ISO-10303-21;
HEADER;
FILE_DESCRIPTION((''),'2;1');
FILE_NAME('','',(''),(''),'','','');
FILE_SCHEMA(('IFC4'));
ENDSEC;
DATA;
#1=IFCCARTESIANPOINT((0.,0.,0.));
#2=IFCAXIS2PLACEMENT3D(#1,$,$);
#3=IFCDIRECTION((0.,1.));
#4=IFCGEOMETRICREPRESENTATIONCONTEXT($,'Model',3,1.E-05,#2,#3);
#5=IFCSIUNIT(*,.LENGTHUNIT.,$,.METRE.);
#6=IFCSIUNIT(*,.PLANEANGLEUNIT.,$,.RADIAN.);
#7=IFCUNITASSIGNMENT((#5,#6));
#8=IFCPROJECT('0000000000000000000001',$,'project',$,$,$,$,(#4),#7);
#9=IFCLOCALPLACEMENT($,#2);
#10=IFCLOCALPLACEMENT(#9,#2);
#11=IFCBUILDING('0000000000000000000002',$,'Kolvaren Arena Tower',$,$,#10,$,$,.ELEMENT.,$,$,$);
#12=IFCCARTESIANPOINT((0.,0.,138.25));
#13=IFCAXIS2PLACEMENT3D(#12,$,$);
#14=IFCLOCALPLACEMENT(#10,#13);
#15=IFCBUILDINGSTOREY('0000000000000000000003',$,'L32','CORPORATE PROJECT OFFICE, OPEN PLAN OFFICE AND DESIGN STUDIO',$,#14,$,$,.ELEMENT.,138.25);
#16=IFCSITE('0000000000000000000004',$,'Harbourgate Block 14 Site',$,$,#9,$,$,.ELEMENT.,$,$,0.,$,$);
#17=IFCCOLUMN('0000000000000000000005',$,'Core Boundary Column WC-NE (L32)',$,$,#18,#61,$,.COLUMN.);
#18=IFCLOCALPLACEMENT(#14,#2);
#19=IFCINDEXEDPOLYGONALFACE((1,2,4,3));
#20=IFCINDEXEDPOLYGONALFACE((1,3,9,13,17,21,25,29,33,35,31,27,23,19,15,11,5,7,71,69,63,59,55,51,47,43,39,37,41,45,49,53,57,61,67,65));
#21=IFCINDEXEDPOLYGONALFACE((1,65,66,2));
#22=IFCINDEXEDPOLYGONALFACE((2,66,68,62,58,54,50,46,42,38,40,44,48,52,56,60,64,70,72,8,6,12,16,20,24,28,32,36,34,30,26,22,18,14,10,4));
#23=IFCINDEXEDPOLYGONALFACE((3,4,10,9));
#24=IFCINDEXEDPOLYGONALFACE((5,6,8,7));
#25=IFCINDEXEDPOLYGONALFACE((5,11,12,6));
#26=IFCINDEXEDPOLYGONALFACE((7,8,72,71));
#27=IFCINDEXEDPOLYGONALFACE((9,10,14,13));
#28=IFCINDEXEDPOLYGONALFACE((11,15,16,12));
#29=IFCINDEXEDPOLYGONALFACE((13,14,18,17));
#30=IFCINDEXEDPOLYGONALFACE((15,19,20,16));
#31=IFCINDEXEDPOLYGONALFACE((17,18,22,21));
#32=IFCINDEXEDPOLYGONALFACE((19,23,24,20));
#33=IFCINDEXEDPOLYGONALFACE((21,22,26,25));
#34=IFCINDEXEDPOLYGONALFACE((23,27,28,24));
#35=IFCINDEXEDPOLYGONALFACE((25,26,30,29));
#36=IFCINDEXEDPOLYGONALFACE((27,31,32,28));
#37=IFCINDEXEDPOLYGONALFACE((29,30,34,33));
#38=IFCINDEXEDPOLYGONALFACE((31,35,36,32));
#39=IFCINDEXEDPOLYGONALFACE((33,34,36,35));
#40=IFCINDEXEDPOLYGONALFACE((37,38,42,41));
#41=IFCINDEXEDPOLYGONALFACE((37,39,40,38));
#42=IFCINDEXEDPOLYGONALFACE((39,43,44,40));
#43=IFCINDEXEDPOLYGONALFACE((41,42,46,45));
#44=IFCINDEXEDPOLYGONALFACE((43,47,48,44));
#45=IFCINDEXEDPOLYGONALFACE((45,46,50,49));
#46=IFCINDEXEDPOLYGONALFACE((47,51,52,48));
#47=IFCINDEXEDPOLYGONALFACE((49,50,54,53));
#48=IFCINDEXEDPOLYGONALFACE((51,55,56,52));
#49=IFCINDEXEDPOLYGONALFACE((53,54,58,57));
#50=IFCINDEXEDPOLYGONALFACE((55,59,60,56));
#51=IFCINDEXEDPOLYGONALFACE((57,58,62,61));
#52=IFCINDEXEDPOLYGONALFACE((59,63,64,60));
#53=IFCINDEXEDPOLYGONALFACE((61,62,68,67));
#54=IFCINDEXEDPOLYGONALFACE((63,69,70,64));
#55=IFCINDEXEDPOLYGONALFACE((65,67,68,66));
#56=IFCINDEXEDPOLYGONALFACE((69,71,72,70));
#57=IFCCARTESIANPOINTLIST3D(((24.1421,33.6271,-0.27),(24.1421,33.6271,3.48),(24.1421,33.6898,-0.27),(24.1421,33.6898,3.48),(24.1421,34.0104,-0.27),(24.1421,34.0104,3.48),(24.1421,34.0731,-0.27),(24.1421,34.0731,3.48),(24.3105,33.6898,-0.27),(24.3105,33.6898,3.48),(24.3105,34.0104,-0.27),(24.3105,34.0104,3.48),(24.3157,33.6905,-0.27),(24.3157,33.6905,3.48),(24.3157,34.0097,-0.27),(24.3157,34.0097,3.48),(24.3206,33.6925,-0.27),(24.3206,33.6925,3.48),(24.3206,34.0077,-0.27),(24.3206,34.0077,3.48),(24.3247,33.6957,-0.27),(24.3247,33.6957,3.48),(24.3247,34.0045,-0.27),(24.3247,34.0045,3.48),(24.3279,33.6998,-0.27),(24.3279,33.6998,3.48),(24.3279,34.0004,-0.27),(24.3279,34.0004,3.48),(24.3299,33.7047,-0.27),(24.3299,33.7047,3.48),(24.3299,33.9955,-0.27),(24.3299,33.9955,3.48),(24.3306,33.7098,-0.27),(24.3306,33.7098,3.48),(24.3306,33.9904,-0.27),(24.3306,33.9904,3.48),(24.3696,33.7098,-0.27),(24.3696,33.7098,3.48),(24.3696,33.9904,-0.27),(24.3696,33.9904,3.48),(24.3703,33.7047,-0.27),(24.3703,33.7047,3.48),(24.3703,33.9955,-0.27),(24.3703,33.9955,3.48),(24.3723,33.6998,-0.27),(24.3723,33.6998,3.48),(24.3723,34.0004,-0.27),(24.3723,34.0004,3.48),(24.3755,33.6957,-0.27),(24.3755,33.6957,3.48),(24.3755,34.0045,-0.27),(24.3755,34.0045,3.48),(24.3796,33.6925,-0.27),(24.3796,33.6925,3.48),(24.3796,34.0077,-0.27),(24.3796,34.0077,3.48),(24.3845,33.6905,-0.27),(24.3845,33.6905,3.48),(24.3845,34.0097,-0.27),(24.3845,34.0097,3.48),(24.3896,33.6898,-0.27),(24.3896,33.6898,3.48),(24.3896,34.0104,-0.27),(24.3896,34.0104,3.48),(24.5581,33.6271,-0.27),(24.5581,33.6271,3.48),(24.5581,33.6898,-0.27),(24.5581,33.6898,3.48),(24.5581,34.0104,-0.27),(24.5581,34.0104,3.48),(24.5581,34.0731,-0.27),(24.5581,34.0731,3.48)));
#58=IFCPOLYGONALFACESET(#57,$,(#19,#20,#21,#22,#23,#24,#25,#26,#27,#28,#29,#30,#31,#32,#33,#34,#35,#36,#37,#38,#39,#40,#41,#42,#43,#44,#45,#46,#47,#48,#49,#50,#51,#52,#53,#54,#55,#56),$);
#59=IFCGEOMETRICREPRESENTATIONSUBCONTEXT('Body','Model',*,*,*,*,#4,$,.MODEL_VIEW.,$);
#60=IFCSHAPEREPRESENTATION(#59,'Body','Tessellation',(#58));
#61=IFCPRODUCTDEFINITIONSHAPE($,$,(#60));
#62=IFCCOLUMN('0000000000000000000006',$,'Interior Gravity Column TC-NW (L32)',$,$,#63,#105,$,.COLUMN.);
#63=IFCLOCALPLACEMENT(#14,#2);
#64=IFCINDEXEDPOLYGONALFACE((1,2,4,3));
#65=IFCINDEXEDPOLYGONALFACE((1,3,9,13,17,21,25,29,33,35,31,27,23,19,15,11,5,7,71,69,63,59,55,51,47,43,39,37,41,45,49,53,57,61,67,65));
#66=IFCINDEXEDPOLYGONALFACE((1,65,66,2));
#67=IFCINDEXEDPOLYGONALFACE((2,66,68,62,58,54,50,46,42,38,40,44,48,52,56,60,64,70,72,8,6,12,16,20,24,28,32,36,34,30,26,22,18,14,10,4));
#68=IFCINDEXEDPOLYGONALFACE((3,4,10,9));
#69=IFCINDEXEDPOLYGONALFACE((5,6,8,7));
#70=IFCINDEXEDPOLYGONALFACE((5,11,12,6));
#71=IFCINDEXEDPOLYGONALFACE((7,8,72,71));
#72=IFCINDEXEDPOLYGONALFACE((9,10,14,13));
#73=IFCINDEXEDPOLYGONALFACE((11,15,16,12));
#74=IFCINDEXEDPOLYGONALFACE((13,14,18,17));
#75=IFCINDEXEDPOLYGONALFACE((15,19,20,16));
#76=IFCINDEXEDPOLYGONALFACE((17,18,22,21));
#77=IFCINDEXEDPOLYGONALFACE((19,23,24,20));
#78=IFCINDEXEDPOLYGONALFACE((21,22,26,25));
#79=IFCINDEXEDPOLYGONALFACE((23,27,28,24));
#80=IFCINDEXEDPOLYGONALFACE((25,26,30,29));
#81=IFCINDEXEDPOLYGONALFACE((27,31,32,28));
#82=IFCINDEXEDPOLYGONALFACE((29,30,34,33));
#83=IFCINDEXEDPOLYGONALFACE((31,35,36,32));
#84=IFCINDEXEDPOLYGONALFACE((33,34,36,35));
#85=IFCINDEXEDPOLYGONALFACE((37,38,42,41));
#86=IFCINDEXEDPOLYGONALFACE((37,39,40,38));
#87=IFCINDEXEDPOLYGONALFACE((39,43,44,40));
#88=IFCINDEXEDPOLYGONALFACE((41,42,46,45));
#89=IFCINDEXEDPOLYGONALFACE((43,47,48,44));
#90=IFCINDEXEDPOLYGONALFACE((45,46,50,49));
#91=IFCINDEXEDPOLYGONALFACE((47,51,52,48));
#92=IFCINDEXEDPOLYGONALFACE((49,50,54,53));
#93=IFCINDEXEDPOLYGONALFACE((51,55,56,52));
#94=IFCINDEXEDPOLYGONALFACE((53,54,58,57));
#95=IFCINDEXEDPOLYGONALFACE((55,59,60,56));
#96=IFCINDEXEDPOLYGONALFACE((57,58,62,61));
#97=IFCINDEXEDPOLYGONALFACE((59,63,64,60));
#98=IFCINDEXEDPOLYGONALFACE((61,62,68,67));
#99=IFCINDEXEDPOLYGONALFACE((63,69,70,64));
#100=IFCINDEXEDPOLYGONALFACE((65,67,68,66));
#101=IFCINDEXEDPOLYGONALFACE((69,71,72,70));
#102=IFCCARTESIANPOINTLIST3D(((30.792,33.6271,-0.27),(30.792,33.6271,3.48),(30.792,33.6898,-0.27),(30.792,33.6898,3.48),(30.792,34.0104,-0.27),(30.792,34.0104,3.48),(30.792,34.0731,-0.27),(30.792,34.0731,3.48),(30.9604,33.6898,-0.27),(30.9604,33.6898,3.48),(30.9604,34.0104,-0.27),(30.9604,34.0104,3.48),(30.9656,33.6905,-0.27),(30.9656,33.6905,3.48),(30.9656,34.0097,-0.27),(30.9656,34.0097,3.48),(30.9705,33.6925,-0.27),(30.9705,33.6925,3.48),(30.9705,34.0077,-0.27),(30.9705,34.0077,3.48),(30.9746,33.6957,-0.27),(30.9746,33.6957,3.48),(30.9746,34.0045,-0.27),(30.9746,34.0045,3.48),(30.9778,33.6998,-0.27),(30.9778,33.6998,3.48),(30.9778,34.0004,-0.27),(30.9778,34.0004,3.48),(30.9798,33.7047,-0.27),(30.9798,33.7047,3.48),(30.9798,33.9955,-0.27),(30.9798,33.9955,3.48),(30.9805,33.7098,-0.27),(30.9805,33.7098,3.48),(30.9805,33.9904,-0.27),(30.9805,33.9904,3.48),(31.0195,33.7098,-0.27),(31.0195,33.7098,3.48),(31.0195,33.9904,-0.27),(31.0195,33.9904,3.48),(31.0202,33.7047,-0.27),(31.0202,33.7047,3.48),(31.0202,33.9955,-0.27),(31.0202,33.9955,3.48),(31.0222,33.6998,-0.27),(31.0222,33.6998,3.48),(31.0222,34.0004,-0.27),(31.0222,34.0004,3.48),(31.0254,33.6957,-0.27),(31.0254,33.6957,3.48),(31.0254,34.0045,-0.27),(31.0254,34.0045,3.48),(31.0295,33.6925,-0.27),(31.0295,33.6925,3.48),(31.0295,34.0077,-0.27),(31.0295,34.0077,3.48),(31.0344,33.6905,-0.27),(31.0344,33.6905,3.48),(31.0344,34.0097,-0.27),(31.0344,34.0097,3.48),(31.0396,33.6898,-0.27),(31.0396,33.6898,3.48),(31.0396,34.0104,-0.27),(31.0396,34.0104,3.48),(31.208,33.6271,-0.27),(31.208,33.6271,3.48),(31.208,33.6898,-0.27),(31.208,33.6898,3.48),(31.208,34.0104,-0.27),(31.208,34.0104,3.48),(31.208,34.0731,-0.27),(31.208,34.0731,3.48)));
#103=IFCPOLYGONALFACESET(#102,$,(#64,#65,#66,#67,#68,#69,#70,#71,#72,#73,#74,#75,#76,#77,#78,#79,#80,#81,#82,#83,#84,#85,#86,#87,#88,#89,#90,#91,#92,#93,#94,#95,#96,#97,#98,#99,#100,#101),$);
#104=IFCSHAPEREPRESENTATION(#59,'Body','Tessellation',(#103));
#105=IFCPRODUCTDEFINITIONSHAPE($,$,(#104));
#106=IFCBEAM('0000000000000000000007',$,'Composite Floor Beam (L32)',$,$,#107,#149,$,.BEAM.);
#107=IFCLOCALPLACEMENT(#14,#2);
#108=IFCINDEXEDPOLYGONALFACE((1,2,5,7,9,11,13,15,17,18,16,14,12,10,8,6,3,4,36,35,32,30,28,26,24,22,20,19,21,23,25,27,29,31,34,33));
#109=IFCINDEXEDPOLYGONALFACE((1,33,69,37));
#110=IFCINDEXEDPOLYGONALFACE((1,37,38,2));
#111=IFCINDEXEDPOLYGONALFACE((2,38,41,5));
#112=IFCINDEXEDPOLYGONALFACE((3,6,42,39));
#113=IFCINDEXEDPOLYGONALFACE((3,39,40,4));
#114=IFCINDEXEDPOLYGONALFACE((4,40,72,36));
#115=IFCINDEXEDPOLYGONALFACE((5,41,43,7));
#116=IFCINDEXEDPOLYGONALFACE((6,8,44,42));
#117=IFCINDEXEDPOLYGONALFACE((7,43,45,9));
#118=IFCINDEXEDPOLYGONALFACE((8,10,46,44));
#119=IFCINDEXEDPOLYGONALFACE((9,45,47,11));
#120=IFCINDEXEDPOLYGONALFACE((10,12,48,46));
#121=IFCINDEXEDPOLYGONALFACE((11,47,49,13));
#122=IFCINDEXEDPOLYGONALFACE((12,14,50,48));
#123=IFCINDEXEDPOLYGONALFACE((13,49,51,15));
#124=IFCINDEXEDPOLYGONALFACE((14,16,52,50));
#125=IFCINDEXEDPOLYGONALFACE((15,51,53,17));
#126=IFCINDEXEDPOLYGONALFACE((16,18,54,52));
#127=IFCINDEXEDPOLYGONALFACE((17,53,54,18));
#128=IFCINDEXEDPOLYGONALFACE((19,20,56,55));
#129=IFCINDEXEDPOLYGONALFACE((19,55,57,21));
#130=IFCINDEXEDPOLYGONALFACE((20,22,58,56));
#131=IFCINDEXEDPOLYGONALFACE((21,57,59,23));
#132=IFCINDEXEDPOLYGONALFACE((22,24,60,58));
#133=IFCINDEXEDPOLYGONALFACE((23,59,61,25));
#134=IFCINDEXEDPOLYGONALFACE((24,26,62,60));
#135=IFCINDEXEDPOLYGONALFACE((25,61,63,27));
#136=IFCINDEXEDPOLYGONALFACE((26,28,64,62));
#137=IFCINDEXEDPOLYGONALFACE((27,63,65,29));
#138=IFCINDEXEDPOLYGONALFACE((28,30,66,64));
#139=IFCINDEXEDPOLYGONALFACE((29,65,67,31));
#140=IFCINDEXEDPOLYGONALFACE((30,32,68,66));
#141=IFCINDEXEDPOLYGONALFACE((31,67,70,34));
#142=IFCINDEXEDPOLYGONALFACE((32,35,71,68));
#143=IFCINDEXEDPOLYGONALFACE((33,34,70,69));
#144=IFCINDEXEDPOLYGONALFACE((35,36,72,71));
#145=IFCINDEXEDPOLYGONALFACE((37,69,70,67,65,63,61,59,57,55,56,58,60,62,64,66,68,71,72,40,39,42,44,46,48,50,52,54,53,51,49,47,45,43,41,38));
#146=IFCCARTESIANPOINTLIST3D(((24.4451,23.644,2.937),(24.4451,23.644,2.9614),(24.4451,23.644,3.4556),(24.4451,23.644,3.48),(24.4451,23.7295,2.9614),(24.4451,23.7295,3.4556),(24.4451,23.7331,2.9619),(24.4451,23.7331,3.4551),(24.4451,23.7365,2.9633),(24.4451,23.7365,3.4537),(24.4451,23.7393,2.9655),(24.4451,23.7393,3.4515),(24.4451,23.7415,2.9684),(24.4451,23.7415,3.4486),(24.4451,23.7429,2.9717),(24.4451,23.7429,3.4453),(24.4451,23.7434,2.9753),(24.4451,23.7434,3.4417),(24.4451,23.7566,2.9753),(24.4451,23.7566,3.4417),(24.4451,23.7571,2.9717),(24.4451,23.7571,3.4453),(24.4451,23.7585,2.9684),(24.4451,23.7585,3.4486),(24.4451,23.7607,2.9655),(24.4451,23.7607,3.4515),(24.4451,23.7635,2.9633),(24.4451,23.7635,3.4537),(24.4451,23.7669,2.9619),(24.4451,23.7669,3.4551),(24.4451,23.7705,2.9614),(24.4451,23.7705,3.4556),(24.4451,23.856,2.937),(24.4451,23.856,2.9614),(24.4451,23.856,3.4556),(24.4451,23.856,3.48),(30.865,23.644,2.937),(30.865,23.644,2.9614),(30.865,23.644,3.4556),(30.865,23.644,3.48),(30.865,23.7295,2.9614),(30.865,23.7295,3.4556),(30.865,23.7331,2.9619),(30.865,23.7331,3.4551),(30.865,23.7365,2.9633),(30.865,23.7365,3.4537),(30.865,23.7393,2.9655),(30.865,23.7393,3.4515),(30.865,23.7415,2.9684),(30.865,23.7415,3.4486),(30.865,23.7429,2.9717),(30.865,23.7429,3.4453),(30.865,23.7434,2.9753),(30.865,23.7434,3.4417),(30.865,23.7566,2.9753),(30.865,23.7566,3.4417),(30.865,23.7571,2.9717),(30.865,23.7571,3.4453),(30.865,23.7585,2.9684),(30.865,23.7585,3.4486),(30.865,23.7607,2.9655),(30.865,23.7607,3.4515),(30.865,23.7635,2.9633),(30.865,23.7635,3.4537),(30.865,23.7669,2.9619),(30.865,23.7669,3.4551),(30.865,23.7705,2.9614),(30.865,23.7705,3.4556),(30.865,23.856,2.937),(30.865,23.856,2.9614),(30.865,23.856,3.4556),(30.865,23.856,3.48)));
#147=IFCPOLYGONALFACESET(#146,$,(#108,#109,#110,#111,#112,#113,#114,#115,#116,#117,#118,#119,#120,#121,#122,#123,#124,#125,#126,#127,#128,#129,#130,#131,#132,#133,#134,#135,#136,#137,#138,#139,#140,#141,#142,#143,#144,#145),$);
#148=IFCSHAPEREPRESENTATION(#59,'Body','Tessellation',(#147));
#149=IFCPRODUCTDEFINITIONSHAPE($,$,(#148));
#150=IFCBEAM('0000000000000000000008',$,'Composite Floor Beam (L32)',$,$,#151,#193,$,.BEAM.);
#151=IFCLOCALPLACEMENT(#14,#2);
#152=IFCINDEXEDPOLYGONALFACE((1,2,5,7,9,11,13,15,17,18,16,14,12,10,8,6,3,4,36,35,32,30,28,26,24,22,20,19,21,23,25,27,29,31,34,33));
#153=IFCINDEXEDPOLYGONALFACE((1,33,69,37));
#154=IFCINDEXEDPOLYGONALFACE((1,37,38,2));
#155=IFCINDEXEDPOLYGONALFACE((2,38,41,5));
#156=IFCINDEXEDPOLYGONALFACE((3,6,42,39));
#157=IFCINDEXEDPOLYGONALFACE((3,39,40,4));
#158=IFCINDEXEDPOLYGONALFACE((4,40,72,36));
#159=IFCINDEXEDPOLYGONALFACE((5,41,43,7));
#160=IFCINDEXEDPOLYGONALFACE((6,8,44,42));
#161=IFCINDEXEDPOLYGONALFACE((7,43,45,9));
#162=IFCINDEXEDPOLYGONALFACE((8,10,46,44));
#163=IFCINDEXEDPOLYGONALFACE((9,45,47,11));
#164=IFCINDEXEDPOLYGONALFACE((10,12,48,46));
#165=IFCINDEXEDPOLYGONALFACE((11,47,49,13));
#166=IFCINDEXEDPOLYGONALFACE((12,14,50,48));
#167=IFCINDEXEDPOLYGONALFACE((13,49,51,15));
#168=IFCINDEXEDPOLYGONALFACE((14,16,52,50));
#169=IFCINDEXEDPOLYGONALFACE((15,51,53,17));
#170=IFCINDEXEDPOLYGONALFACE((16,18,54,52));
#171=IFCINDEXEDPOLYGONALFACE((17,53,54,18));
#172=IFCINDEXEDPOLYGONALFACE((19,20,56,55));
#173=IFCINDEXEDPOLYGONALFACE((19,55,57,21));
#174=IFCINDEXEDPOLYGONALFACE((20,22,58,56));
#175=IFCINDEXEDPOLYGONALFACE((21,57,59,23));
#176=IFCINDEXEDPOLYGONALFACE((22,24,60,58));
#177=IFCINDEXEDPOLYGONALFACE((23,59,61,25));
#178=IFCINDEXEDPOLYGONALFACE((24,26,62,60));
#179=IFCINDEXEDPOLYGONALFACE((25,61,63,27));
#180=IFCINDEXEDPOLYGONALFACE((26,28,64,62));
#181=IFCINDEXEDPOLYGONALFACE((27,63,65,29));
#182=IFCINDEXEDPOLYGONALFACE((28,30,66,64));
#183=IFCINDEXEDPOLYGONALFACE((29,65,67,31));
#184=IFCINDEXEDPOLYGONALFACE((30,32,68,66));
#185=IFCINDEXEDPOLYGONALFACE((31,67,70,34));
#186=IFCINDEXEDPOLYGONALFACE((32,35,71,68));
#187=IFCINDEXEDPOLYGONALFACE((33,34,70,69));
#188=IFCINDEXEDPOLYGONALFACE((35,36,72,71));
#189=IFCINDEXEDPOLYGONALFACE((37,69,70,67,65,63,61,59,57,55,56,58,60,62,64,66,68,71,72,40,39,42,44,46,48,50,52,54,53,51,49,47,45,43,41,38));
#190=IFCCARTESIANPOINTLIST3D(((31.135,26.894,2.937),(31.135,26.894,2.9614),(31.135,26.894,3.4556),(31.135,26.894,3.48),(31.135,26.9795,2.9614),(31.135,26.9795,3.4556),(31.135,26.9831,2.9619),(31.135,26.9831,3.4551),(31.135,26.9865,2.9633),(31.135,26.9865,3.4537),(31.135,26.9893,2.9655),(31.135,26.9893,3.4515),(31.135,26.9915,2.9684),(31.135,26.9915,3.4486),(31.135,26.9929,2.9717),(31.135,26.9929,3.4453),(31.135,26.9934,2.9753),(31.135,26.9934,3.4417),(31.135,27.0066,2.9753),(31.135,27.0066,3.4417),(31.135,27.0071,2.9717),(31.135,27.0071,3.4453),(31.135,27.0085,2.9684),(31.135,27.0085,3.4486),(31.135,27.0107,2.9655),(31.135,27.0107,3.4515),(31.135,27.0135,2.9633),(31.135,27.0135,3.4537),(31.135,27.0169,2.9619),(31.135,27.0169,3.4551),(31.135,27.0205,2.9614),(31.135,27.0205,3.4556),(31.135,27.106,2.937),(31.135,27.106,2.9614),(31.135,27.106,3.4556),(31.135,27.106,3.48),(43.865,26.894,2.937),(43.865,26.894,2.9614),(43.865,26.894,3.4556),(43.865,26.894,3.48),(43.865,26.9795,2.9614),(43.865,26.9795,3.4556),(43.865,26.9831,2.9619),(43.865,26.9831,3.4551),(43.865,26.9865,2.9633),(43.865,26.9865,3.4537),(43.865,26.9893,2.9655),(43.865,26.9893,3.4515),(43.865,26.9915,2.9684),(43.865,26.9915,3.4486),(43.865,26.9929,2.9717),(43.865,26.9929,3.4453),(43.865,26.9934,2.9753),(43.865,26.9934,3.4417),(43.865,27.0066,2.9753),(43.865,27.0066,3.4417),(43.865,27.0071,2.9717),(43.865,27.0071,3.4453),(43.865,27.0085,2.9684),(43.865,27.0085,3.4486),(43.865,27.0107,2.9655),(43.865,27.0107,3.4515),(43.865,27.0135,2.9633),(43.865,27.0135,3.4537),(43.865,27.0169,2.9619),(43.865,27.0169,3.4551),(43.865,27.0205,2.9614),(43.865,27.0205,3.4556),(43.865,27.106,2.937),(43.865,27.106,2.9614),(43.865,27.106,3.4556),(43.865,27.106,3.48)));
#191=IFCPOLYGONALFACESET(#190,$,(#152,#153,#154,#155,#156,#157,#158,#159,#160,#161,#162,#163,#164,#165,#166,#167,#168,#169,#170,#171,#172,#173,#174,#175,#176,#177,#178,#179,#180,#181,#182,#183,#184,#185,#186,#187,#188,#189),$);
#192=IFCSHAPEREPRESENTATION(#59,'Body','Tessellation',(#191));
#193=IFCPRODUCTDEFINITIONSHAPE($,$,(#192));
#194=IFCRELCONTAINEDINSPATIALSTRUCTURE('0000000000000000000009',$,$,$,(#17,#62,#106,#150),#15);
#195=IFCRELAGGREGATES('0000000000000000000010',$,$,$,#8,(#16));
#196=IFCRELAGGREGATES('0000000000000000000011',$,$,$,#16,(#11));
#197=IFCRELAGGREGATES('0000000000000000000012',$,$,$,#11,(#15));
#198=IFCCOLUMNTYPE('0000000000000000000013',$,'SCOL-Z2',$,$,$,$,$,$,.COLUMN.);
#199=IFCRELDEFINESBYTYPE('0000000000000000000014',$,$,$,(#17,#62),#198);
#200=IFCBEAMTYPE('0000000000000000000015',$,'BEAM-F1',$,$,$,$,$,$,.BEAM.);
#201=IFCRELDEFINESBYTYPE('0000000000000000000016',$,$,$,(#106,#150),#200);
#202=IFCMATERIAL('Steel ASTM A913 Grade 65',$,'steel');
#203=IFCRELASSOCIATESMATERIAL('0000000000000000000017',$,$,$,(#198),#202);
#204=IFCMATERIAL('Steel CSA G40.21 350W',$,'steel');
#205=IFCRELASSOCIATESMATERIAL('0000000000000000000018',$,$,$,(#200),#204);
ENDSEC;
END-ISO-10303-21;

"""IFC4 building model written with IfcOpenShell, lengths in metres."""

from ifc_helpers import new_model, si_unit, direction, frame, origin, origin_2d, place, context, subcontext, project, spatial, i_section, extrude, material, material_profile, profile_set, type_object, element, save


model = new_model("IFC4")

# Units and contexts
model_context = context("Model", 3, precision=1e-05, world=origin(), true_north=direction((0.0, 1.0)))
body_context = subcontext(model_context, "Body", "Model", "MODEL_VIEW")
ifc_project = project(units=[si_unit("LENGTHUNIT", "METRE"), si_unit("PLANEANGLEUNIT", "RADIAN")], contexts=[model_context])

# Site, building, storey
site_placement = place(None, origin())
site = spatial("IfcSite", under=ifc_project, at=site_placement, Name="Harbourgate Block 14 Site", CompositionType="ELEMENT", RefElevation=0.0)
building_placement = place(site_placement, origin())
building = spatial("IfcBuilding", under=site, at=building_placement, Name="Kolvaren Arena Tower", CompositionType="ELEMENT")
storey_placement = place(building_placement, frame((0.0, 0.0, 138.25)))
storey = spatial("IfcBuildingStorey", under=building, at=storey_placement, Name="L32", Description="CORPORATE PROJECT OFFICE, OPEN PLAN OFFICE AND DESIGN STUDIO", CompositionType="ELEMENT", Elevation=138.25)

# Columns
ifc_material_1 = material(Name="Steel ASTM A913 Grade 65", Category="steel")
ifc_material_profile_1 = material_profile(ifc_material_1, i_section(OverallWidth=0.416, OverallDepth=0.446, WebThickness=0.0391, FlangeThickness=0.0627, FilletRadius=0.02, at=origin_2d()), Name="W360x509")
ifc_profile_set_1 = profile_set([ifc_material_profile_1], Name="Steel ASTM A913 Grade 65")
column_type = type_object("IfcColumnType", Name="SCOL-Z2", PredefinedType="COLUMN", material=ifc_profile_set_1)
for number, where, z_axis, x_axis, name in (
    (1, (24.3501, 33.8501, -0.27), (0.0, 0.0, 1.0), (1.0, 0.0, 0.0), "Core Boundary Column WC-NE (L32)"),
    (2, (31.0, 33.8501, -0.27), (0.0, 0.0, 1.0), (1.0, 0.0, 0.0), "Interior Gravity Column TC-NW (L32)"),
):
    element("IfcColumn", number, at=place(storey_placement, frame(where, z_axis=z_axis, x_axis=x_axis)), inside=storey, type_object=column_type, Name=name, PredefinedType="COLUMN", context=body_context, shape_type="SweptSolid", body=[
        extrude(i_section(OverallWidth=0.416, OverallDepth=0.446, WebThickness=0.0391, FlangeThickness=0.0627, FilletRadius=0.02, at=origin_2d()), origin(), (0.0, 0.0, 1.0), 3.75),
    ])

# Beams
ifc_material_2 = material(Name="Steel CSA G40.21 350W", Category="steel")
ifc_material_profile_2 = material_profile(ifc_material_2, i_section(OverallWidth=0.2119, OverallDepth=0.543, WebThickness=0.0132, FlangeThickness=0.0244, FilletRadius=0.0139, at=origin_2d()), Name="W530x150")
ifc_profile_set_2 = profile_set([ifc_material_profile_2], Name="Steel CSA G40.21 350W")
beam_type_1 = type_object("IfcBeamType", Name="BEAM-F1", PredefinedType="BEAM", material=ifc_profile_set_2)
beam_1_placement = place(storey_placement, frame((24.4451, 23.75, 3.2085), z_axis=(1.0, 0.0, 0.0), x_axis=(0.0, 1.0, 0.0)))
element("IfcBeam", 3, at=beam_1_placement, inside=storey, type_object=beam_type_1, Name="Composite Floor Beam (L32)", PredefinedType="BEAM", context=body_context, shape_type="SweptSolid", body=[
    extrude(i_section(OverallWidth=0.2119, OverallDepth=0.543, WebThickness=0.0132, FlangeThickness=0.0244, FilletRadius=0.0139, at=origin_2d()), origin(), (0.0, 0.0, 1.0), 6.4199),
])
beam_2_placement = place(storey_placement, frame((31.135, 27.0, 3.2085), z_axis=(1.0, 0.0, 0.0), x_axis=(0.0, 1.0, 0.0)))
element("IfcBeam", 4, at=beam_2_placement, inside=storey, type_object=beam_type_1, Name="Composite Floor Beam (L32)", PredefinedType="BEAM", context=body_context, shape_type="SweptSolid", body=[
    extrude(i_section(OverallWidth=0.2119, OverallDepth=0.543, WebThickness=0.0132, FlangeThickness=0.0244, FilletRadius=0.0139, at=origin_2d()), origin(), (0.0, 0.0, 1.0), 12.73),
])

save(model, "model.ifc")
